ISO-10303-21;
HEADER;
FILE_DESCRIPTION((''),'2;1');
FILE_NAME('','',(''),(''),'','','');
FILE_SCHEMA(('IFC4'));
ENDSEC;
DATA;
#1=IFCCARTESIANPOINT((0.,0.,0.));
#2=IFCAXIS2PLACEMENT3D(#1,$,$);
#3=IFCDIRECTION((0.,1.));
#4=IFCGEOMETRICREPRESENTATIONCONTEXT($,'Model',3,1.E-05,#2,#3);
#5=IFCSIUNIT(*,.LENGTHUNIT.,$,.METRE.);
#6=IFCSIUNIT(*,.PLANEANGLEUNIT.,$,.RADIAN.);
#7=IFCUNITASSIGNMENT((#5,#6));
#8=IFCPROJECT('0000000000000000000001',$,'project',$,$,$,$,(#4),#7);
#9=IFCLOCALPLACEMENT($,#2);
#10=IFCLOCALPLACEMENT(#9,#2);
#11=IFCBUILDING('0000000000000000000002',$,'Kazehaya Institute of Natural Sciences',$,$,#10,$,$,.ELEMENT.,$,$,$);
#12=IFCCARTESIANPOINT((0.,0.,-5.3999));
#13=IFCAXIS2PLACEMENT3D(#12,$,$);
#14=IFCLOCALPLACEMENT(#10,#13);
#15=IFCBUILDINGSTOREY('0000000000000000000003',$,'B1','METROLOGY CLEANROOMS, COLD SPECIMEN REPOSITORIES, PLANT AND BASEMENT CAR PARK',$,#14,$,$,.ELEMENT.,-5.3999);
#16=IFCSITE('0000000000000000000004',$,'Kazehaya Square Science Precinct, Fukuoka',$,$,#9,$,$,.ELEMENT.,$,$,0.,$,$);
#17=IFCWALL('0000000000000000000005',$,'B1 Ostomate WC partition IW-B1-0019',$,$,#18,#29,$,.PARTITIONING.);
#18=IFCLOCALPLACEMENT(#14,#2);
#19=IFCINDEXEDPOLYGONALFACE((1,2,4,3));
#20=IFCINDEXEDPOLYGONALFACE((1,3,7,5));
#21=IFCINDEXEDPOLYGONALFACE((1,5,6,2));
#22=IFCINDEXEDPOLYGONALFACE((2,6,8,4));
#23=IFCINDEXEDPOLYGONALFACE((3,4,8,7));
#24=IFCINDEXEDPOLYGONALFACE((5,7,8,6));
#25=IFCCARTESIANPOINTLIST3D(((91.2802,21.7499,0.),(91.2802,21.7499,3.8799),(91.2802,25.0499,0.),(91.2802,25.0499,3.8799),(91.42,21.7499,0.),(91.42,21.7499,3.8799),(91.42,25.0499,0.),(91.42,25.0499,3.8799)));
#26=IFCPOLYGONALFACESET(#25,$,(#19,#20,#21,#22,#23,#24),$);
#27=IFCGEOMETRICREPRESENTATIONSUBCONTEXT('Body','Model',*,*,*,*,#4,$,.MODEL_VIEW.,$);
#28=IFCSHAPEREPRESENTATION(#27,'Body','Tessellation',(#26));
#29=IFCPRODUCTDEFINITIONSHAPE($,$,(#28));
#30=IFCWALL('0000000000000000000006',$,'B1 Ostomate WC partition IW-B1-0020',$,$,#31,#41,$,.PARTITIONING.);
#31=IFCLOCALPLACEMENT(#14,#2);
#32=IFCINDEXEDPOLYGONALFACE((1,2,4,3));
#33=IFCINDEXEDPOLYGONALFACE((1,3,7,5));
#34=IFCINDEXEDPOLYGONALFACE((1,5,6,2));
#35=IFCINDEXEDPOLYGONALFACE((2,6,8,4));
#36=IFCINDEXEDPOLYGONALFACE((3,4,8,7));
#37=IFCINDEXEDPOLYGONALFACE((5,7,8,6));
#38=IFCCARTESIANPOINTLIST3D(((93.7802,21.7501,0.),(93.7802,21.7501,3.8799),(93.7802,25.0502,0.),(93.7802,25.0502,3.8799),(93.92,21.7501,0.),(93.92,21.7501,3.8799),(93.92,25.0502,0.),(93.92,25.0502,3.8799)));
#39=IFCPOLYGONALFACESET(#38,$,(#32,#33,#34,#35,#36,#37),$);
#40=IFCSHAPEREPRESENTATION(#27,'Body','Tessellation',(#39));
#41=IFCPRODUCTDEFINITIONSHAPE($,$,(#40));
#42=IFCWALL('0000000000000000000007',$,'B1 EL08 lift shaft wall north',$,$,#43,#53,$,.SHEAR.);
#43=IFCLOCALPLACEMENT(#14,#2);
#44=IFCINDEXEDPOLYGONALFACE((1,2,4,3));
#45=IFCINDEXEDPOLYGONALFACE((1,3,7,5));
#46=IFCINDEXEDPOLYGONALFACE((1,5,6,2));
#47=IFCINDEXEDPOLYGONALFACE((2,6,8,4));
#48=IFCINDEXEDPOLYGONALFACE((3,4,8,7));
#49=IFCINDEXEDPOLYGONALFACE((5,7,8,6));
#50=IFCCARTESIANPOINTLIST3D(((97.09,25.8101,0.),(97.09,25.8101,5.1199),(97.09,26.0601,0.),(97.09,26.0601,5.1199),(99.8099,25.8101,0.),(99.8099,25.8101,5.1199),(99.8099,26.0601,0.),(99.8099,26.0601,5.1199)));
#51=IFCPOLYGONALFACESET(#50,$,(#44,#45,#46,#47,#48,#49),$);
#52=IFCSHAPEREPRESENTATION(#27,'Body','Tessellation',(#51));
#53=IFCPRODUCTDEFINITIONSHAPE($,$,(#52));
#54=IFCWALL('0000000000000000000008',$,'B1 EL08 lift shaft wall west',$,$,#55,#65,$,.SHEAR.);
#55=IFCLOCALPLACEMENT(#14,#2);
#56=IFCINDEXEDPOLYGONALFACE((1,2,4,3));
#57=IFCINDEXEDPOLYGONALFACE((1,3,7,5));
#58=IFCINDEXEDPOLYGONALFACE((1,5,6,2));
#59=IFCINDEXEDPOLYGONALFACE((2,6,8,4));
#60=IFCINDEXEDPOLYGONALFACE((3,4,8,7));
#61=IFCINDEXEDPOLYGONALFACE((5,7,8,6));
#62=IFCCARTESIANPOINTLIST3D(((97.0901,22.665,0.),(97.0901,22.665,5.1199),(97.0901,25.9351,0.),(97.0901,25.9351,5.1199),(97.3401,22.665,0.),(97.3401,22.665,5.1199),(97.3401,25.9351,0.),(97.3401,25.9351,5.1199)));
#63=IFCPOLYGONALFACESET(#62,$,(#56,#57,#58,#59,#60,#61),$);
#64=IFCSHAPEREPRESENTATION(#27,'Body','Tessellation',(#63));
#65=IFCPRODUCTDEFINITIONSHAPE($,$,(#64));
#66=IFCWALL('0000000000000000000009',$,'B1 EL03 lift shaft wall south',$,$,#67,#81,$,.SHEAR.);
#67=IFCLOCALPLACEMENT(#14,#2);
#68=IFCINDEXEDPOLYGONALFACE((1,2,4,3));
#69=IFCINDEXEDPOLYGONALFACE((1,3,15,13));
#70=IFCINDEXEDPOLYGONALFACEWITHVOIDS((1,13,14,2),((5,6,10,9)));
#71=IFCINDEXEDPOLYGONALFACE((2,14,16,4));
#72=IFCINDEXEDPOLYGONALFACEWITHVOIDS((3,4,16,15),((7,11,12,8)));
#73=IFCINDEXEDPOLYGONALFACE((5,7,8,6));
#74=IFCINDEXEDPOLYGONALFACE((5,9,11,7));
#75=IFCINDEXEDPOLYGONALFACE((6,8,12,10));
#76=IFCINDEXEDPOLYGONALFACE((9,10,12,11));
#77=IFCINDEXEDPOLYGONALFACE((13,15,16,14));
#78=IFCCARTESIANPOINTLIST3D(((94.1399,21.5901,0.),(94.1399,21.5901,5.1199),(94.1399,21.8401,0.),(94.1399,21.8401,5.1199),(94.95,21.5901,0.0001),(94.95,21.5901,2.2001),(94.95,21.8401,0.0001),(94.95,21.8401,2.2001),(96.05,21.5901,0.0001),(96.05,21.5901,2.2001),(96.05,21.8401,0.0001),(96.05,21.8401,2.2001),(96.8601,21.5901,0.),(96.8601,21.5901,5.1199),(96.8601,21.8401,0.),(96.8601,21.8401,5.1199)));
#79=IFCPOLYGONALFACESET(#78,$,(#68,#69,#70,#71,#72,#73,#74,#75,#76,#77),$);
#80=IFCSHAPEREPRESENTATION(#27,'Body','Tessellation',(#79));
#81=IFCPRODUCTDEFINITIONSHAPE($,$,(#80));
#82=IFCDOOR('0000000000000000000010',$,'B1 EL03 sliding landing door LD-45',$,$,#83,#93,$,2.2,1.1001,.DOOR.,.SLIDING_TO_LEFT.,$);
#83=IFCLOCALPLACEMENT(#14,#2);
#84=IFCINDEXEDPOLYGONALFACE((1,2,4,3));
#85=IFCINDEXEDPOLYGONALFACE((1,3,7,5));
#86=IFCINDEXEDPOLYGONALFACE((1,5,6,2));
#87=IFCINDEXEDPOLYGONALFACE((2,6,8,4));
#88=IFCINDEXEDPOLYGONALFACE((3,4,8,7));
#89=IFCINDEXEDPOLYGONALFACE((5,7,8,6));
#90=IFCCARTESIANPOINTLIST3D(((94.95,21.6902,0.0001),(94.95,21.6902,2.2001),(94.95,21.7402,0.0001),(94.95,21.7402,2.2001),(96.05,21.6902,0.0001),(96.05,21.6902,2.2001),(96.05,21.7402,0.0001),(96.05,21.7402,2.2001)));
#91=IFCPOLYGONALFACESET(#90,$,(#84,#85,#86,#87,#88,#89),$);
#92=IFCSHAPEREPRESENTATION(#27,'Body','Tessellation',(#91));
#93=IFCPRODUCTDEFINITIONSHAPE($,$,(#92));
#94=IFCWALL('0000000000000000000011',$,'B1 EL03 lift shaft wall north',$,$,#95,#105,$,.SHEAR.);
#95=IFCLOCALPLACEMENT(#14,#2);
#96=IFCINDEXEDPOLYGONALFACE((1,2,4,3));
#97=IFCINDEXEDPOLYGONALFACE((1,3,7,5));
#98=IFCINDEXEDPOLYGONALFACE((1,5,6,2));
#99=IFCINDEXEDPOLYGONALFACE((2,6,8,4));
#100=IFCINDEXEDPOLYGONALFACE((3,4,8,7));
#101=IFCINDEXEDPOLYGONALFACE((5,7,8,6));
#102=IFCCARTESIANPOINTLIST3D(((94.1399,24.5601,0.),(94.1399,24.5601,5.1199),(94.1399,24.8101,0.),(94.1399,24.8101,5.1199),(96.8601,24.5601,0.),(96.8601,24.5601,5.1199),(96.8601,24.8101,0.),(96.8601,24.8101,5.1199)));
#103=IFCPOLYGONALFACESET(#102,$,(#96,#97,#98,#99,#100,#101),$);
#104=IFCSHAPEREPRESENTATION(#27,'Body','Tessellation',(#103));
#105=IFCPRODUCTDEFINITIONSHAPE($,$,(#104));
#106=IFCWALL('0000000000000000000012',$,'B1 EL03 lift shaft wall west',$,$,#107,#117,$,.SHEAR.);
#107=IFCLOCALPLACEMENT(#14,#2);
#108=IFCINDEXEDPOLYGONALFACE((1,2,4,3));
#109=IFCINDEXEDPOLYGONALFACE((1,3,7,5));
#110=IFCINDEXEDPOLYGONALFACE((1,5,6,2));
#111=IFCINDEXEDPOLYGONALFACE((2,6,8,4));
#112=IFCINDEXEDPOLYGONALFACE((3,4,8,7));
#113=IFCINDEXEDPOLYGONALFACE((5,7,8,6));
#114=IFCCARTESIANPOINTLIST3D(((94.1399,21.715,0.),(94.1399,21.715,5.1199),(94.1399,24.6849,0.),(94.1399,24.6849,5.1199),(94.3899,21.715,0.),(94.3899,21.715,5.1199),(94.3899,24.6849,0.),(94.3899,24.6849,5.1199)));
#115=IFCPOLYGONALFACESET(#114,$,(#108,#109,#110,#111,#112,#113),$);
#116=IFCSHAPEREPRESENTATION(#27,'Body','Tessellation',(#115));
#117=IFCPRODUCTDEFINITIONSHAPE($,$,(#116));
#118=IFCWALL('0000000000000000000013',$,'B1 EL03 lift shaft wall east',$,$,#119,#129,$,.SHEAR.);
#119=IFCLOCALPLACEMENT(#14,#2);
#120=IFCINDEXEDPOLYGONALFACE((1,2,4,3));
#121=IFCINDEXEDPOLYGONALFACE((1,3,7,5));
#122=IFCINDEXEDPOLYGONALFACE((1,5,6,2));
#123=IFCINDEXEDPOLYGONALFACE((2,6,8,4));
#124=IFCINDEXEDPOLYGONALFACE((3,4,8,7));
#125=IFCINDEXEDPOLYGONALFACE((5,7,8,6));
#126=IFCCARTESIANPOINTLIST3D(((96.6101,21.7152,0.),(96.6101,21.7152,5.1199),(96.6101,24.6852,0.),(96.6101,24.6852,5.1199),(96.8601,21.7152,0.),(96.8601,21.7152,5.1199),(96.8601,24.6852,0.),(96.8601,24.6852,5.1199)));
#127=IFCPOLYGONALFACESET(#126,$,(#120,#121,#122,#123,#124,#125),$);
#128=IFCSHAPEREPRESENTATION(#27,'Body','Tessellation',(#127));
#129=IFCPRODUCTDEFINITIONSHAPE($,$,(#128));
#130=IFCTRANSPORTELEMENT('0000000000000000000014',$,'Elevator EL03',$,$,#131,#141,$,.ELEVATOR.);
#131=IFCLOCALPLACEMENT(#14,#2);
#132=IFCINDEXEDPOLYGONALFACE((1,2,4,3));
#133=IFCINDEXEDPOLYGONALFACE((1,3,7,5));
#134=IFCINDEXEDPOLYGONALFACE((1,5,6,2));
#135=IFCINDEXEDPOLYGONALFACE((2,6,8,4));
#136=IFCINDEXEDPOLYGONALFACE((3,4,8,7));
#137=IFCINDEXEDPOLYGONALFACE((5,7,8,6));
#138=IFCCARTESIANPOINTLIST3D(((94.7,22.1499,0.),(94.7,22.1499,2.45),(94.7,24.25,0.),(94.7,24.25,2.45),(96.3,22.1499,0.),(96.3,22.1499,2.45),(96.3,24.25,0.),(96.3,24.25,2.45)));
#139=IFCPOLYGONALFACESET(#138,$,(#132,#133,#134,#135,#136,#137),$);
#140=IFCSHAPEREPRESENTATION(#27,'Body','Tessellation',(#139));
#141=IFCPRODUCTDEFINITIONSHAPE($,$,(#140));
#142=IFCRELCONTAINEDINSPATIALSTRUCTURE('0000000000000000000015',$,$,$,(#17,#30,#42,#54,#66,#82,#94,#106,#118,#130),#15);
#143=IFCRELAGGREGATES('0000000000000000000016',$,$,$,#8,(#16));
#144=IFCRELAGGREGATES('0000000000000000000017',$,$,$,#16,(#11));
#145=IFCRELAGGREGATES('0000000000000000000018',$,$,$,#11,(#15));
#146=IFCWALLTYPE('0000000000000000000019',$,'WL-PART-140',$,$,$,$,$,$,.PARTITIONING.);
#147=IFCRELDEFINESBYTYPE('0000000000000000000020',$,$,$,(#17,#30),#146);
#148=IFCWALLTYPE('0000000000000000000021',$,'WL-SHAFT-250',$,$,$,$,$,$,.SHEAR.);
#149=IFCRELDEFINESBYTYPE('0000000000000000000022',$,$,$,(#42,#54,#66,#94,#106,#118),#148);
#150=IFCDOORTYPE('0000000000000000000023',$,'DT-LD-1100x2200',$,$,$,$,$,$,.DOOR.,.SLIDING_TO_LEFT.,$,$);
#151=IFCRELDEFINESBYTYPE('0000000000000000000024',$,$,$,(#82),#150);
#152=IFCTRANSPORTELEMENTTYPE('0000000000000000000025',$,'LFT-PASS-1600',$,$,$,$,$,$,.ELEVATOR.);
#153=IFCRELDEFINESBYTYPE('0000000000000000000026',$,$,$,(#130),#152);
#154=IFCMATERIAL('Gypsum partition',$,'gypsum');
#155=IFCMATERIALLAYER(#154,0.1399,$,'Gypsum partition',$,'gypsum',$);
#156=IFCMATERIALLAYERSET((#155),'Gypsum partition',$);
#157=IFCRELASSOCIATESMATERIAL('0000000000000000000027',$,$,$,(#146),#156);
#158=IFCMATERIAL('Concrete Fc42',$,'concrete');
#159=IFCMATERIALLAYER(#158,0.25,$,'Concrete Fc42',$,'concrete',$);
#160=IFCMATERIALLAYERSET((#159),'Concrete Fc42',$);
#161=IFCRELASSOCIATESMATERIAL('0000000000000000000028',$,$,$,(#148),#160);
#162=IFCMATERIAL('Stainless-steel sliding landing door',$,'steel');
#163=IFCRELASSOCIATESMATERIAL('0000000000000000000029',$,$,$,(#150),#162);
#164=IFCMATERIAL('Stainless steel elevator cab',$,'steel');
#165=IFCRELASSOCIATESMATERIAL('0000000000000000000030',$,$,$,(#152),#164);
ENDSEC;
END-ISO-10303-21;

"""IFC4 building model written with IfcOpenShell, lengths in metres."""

from ifc_helpers import new_model, si_unit, direction, frame, frame_2d, origin, origin_2d, place, context, subcontext, project, spatial, rectangle, extrude, material, layer, layer_set, type_object, element, fill, save


model = new_model("IFC4")

# Units and contexts
model_context = context("Model", 3, precision=1e-05, world=origin(), true_north=direction((0.0, 1.0)))
body_context = subcontext(model_context, "Body", "Model", "MODEL_VIEW")
ifc_project = project(units=[si_unit("LENGTHUNIT", "METRE"), si_unit("PLANEANGLEUNIT", "RADIAN")], contexts=[model_context])

# Site, building, storey
site_placement = place(None, origin())
site = spatial("IfcSite", under=ifc_project, at=site_placement, Name="Kazehaya Square Science Precinct, Fukuoka", CompositionType="ELEMENT", RefElevation=0.0)
building_placement = place(site_placement, origin())
building = spatial("IfcBuilding", under=site, at=building_placement, Name="Kazehaya Institute of Natural Sciences", CompositionType="ELEMENT")
storey_placement = place(building_placement, frame((0.0, 0.0, -5.3999)))
storey = spatial("IfcBuildingStorey", under=building, at=storey_placement, Name="B1", Description="METROLOGY CLEANROOMS, COLD SPECIMEN REPOSITORIES, PLANT AND BASEMENT CAR PARK", CompositionType="ELEMENT", Elevation=-5.3999)

# Shared definitions
ifc_material_1 = material(Name="Concrete Fc42", Category="concrete")

# Shared definitions
ifc_material_2 = material(Name="Gypsum partition", Category="gypsum")
ifc_layer_1 = layer(ifc_material_2, 0.1399, Name="Gypsum partition", Category="gypsum")
ifc_layer_set_1 = layer_set([ifc_layer_1], Name="Gypsum partition")
wall_type_1 = type_object("IfcWallType", Name="WL-PART-140", PredefinedType="PARTITIONING", material=ifc_layer_set_1)

# Walls
for number, where, z_axis, x_axis, name in (
    (1, (91.3501, 21.75, 0.0), (0.0, 0.0, 1.0), (0.0, 1.0, 0.0), "B1 Ostomate WC partition IW-B1-0019"),
    (2, (93.8501, 25.05, 0.0), (0.0, 0.0, 1.0), (0.0, -1.0, 0.0), "B1 Ostomate WC partition IW-B1-0020"),
):
    element("IfcWall", number, at=place(storey_placement, frame(where, z_axis=z_axis, x_axis=x_axis)), inside=storey, type_object=wall_type_1, Name=name, PredefinedType="PARTITIONING", context=body_context, shape_type="SweptSolid", body=[
        extrude(rectangle(XDim=3.3, YDim=0.1399, at=frame_2d((1.6499, 0.0))), origin(), (0.0, 0.0, 1.0), 3.8799),
    ])
ifc_layer_2 = layer(ifc_material_1, 0.25, Name="Concrete Fc42", Category="concrete")
ifc_layer_set_2 = layer_set([ifc_layer_2], Name="Concrete Fc42")
wall_type_2 = type_object("IfcWallType", Name="WL-SHAFT-250", PredefinedType="SHEAR", material=ifc_layer_set_2)
wall_1_placement = place(storey_placement, frame((97.0901, 25.9351, 0.0), z_axis=(0.0, 0.0, 1.0), x_axis=(1.0, 0.0, 0.0)))
element("IfcWall", 3, at=wall_1_placement, inside=storey, type_object=wall_type_2, Name="B1 EL08 lift shaft wall north", PredefinedType="SHEAR", context=body_context, shape_type="SweptSolid", body=[
    extrude(rectangle(XDim=2.72, YDim=0.25, at=frame_2d((1.3599, 0.0))), origin(), (0.0, 0.0, 1.0), 5.1199),
])
wall_2_placement = place(storey_placement, frame((97.2151, 22.665, 0.0), z_axis=(0.0, 0.0, 1.0), x_axis=(0.0, 1.0, 0.0)))
element("IfcWall", 4, at=wall_2_placement, inside=storey, type_object=wall_type_2, Name="B1 EL08 lift shaft wall west", PredefinedType="SHEAR", context=body_context, shape_type="SweptSolid", body=[
    extrude(rectangle(XDim=3.27, YDim=0.25, at=frame_2d((1.635, 0.0))), origin(), (0.0, 0.0, 1.0), 5.1199),
])

# Wall, opening, door
wall_3_placement = place(storey_placement, frame((96.8601, 21.7151, 0.0), z_axis=(0.0, 0.0, 1.0), x_axis=(-1.0, 0.0, 0.0)))
wall_3 = element("IfcWall", 5, at=wall_3_placement, inside=storey, type_object=wall_type_2, Name="B1 EL03 lift shaft wall south", PredefinedType="SHEAR", context=body_context, shape_type="SweptSolid", body=[
    extrude(rectangle(XDim=2.7202, YDim=0.25, at=frame_2d((1.3601, 0.0))), origin(), (0.0, 0.0, 1.0), 5.1199),
])
opening_1_placement = place(wall_3_placement, frame((0.8101, 0.0, 0.0)))
opening_1 = element("IfcOpeningElement", 6, at=opening_1_placement, cuts=wall_3, PredefinedType="OPENING", context=body_context, shape_type="SweptSolid", body=[
    extrude(rectangle(XDim=1.1001, YDim=2.2, at=frame_2d((0.55, 1.1001))), frame((0.0, 0.135, 0.0), z_axis=(0.0, -1.0, 0.0), x_axis=(1.0, 0.0, 0.0)), (0.0, 0.0, 1.0), 0.27),
])
ifc_material_3 = material(Name="Stainless-steel sliding landing door", Category="steel")
door_type_1 = type_object("IfcDoorType", Name="DT-LD-1100x2200", OperationType="SLIDING_TO_LEFT", PredefinedType="DOOR", material=ifc_material_3)
door_1_placement = place(opening_1_placement, origin())
door_1 = element("IfcDoor", 7, at=door_1_placement, inside=storey, type_object=door_type_1, Name="B1 EL03 sliding landing door LD-45", OperationType="SLIDING_TO_LEFT", OverallHeight=2.2, OverallWidth=1.1001, PredefinedType="DOOR", context=body_context, shape_type="SweptSolid", body=[
    extrude(rectangle(XDim=1.1001, YDim=2.2, at=frame_2d((0.55, 1.1001))), frame((0.0, 0.0249, 0.0), z_axis=(0.0, -1.0, 0.0), x_axis=(1.0, 0.0, 0.0)), (0.0, 0.0, 1.0), 0.05),
])
fill(opening_1, door_1)

# Walls
wall_4_placement = place(storey_placement, frame((94.1399, 24.6851, 0.0), z_axis=(0.0, 0.0, 1.0), x_axis=(1.0, 0.0, 0.0)))
element("IfcWall", 8, at=wall_4_placement, inside=storey, type_object=wall_type_2, Name="B1 EL03 lift shaft wall north", PredefinedType="SHEAR", context=body_context, shape_type="SweptSolid", body=[
    extrude(rectangle(XDim=2.7202, YDim=0.25, at=frame_2d((1.3601, 0.0))), origin(), (0.0, 0.0, 1.0), 5.1199),
])
for number, where, z_axis, x_axis, name in (
    (9, (94.2649, 21.7151, 0.0), (0.0, 0.0, 1.0), (0.0, 1.0, 0.0), "B1 EL03 lift shaft wall west"),
    (10, (96.7351, 24.6851, 0.0), (0.0, 0.0, 1.0), (0.0, -1.0, 0.0), "B1 EL03 lift shaft wall east"),
):
    element("IfcWall", number, at=place(storey_placement, frame(where, z_axis=z_axis, x_axis=x_axis)), inside=storey, type_object=wall_type_2, Name=name, PredefinedType="SHEAR", context=body_context, shape_type="SweptSolid", body=[
        extrude(rectangle(XDim=2.97, YDim=0.25, at=frame_2d((1.4849, 0.0))), origin(), (0.0, 0.0, 1.0), 5.1199),
    ])

# Transport element
ifc_material_4 = material(Name="Stainless steel elevator cab", Category="steel")
transport_element_type = type_object("IfcTransportElementType", Name="LFT-PASS-1600", PredefinedType="ELEVATOR", material=ifc_material_4)
transport_element_placement = place(storey_placement, frame((95.5, 23.2, 0.0), z_axis=(0.0, 0.0, 1.0), x_axis=(1.0, 0.0, 0.0)))
element("IfcTransportElement", 11, at=transport_element_placement, inside=storey, type_object=transport_element_type, Name="Elevator EL03", PredefinedType="ELEVATOR", context=body_context, shape_type="SweptSolid", body=[
    extrude(rectangle(XDim=1.6001, YDim=2.1001, at=origin_2d()), origin(), (0.0, 0.0, 1.0), 2.45),
])

save(model, "model.ifc")
